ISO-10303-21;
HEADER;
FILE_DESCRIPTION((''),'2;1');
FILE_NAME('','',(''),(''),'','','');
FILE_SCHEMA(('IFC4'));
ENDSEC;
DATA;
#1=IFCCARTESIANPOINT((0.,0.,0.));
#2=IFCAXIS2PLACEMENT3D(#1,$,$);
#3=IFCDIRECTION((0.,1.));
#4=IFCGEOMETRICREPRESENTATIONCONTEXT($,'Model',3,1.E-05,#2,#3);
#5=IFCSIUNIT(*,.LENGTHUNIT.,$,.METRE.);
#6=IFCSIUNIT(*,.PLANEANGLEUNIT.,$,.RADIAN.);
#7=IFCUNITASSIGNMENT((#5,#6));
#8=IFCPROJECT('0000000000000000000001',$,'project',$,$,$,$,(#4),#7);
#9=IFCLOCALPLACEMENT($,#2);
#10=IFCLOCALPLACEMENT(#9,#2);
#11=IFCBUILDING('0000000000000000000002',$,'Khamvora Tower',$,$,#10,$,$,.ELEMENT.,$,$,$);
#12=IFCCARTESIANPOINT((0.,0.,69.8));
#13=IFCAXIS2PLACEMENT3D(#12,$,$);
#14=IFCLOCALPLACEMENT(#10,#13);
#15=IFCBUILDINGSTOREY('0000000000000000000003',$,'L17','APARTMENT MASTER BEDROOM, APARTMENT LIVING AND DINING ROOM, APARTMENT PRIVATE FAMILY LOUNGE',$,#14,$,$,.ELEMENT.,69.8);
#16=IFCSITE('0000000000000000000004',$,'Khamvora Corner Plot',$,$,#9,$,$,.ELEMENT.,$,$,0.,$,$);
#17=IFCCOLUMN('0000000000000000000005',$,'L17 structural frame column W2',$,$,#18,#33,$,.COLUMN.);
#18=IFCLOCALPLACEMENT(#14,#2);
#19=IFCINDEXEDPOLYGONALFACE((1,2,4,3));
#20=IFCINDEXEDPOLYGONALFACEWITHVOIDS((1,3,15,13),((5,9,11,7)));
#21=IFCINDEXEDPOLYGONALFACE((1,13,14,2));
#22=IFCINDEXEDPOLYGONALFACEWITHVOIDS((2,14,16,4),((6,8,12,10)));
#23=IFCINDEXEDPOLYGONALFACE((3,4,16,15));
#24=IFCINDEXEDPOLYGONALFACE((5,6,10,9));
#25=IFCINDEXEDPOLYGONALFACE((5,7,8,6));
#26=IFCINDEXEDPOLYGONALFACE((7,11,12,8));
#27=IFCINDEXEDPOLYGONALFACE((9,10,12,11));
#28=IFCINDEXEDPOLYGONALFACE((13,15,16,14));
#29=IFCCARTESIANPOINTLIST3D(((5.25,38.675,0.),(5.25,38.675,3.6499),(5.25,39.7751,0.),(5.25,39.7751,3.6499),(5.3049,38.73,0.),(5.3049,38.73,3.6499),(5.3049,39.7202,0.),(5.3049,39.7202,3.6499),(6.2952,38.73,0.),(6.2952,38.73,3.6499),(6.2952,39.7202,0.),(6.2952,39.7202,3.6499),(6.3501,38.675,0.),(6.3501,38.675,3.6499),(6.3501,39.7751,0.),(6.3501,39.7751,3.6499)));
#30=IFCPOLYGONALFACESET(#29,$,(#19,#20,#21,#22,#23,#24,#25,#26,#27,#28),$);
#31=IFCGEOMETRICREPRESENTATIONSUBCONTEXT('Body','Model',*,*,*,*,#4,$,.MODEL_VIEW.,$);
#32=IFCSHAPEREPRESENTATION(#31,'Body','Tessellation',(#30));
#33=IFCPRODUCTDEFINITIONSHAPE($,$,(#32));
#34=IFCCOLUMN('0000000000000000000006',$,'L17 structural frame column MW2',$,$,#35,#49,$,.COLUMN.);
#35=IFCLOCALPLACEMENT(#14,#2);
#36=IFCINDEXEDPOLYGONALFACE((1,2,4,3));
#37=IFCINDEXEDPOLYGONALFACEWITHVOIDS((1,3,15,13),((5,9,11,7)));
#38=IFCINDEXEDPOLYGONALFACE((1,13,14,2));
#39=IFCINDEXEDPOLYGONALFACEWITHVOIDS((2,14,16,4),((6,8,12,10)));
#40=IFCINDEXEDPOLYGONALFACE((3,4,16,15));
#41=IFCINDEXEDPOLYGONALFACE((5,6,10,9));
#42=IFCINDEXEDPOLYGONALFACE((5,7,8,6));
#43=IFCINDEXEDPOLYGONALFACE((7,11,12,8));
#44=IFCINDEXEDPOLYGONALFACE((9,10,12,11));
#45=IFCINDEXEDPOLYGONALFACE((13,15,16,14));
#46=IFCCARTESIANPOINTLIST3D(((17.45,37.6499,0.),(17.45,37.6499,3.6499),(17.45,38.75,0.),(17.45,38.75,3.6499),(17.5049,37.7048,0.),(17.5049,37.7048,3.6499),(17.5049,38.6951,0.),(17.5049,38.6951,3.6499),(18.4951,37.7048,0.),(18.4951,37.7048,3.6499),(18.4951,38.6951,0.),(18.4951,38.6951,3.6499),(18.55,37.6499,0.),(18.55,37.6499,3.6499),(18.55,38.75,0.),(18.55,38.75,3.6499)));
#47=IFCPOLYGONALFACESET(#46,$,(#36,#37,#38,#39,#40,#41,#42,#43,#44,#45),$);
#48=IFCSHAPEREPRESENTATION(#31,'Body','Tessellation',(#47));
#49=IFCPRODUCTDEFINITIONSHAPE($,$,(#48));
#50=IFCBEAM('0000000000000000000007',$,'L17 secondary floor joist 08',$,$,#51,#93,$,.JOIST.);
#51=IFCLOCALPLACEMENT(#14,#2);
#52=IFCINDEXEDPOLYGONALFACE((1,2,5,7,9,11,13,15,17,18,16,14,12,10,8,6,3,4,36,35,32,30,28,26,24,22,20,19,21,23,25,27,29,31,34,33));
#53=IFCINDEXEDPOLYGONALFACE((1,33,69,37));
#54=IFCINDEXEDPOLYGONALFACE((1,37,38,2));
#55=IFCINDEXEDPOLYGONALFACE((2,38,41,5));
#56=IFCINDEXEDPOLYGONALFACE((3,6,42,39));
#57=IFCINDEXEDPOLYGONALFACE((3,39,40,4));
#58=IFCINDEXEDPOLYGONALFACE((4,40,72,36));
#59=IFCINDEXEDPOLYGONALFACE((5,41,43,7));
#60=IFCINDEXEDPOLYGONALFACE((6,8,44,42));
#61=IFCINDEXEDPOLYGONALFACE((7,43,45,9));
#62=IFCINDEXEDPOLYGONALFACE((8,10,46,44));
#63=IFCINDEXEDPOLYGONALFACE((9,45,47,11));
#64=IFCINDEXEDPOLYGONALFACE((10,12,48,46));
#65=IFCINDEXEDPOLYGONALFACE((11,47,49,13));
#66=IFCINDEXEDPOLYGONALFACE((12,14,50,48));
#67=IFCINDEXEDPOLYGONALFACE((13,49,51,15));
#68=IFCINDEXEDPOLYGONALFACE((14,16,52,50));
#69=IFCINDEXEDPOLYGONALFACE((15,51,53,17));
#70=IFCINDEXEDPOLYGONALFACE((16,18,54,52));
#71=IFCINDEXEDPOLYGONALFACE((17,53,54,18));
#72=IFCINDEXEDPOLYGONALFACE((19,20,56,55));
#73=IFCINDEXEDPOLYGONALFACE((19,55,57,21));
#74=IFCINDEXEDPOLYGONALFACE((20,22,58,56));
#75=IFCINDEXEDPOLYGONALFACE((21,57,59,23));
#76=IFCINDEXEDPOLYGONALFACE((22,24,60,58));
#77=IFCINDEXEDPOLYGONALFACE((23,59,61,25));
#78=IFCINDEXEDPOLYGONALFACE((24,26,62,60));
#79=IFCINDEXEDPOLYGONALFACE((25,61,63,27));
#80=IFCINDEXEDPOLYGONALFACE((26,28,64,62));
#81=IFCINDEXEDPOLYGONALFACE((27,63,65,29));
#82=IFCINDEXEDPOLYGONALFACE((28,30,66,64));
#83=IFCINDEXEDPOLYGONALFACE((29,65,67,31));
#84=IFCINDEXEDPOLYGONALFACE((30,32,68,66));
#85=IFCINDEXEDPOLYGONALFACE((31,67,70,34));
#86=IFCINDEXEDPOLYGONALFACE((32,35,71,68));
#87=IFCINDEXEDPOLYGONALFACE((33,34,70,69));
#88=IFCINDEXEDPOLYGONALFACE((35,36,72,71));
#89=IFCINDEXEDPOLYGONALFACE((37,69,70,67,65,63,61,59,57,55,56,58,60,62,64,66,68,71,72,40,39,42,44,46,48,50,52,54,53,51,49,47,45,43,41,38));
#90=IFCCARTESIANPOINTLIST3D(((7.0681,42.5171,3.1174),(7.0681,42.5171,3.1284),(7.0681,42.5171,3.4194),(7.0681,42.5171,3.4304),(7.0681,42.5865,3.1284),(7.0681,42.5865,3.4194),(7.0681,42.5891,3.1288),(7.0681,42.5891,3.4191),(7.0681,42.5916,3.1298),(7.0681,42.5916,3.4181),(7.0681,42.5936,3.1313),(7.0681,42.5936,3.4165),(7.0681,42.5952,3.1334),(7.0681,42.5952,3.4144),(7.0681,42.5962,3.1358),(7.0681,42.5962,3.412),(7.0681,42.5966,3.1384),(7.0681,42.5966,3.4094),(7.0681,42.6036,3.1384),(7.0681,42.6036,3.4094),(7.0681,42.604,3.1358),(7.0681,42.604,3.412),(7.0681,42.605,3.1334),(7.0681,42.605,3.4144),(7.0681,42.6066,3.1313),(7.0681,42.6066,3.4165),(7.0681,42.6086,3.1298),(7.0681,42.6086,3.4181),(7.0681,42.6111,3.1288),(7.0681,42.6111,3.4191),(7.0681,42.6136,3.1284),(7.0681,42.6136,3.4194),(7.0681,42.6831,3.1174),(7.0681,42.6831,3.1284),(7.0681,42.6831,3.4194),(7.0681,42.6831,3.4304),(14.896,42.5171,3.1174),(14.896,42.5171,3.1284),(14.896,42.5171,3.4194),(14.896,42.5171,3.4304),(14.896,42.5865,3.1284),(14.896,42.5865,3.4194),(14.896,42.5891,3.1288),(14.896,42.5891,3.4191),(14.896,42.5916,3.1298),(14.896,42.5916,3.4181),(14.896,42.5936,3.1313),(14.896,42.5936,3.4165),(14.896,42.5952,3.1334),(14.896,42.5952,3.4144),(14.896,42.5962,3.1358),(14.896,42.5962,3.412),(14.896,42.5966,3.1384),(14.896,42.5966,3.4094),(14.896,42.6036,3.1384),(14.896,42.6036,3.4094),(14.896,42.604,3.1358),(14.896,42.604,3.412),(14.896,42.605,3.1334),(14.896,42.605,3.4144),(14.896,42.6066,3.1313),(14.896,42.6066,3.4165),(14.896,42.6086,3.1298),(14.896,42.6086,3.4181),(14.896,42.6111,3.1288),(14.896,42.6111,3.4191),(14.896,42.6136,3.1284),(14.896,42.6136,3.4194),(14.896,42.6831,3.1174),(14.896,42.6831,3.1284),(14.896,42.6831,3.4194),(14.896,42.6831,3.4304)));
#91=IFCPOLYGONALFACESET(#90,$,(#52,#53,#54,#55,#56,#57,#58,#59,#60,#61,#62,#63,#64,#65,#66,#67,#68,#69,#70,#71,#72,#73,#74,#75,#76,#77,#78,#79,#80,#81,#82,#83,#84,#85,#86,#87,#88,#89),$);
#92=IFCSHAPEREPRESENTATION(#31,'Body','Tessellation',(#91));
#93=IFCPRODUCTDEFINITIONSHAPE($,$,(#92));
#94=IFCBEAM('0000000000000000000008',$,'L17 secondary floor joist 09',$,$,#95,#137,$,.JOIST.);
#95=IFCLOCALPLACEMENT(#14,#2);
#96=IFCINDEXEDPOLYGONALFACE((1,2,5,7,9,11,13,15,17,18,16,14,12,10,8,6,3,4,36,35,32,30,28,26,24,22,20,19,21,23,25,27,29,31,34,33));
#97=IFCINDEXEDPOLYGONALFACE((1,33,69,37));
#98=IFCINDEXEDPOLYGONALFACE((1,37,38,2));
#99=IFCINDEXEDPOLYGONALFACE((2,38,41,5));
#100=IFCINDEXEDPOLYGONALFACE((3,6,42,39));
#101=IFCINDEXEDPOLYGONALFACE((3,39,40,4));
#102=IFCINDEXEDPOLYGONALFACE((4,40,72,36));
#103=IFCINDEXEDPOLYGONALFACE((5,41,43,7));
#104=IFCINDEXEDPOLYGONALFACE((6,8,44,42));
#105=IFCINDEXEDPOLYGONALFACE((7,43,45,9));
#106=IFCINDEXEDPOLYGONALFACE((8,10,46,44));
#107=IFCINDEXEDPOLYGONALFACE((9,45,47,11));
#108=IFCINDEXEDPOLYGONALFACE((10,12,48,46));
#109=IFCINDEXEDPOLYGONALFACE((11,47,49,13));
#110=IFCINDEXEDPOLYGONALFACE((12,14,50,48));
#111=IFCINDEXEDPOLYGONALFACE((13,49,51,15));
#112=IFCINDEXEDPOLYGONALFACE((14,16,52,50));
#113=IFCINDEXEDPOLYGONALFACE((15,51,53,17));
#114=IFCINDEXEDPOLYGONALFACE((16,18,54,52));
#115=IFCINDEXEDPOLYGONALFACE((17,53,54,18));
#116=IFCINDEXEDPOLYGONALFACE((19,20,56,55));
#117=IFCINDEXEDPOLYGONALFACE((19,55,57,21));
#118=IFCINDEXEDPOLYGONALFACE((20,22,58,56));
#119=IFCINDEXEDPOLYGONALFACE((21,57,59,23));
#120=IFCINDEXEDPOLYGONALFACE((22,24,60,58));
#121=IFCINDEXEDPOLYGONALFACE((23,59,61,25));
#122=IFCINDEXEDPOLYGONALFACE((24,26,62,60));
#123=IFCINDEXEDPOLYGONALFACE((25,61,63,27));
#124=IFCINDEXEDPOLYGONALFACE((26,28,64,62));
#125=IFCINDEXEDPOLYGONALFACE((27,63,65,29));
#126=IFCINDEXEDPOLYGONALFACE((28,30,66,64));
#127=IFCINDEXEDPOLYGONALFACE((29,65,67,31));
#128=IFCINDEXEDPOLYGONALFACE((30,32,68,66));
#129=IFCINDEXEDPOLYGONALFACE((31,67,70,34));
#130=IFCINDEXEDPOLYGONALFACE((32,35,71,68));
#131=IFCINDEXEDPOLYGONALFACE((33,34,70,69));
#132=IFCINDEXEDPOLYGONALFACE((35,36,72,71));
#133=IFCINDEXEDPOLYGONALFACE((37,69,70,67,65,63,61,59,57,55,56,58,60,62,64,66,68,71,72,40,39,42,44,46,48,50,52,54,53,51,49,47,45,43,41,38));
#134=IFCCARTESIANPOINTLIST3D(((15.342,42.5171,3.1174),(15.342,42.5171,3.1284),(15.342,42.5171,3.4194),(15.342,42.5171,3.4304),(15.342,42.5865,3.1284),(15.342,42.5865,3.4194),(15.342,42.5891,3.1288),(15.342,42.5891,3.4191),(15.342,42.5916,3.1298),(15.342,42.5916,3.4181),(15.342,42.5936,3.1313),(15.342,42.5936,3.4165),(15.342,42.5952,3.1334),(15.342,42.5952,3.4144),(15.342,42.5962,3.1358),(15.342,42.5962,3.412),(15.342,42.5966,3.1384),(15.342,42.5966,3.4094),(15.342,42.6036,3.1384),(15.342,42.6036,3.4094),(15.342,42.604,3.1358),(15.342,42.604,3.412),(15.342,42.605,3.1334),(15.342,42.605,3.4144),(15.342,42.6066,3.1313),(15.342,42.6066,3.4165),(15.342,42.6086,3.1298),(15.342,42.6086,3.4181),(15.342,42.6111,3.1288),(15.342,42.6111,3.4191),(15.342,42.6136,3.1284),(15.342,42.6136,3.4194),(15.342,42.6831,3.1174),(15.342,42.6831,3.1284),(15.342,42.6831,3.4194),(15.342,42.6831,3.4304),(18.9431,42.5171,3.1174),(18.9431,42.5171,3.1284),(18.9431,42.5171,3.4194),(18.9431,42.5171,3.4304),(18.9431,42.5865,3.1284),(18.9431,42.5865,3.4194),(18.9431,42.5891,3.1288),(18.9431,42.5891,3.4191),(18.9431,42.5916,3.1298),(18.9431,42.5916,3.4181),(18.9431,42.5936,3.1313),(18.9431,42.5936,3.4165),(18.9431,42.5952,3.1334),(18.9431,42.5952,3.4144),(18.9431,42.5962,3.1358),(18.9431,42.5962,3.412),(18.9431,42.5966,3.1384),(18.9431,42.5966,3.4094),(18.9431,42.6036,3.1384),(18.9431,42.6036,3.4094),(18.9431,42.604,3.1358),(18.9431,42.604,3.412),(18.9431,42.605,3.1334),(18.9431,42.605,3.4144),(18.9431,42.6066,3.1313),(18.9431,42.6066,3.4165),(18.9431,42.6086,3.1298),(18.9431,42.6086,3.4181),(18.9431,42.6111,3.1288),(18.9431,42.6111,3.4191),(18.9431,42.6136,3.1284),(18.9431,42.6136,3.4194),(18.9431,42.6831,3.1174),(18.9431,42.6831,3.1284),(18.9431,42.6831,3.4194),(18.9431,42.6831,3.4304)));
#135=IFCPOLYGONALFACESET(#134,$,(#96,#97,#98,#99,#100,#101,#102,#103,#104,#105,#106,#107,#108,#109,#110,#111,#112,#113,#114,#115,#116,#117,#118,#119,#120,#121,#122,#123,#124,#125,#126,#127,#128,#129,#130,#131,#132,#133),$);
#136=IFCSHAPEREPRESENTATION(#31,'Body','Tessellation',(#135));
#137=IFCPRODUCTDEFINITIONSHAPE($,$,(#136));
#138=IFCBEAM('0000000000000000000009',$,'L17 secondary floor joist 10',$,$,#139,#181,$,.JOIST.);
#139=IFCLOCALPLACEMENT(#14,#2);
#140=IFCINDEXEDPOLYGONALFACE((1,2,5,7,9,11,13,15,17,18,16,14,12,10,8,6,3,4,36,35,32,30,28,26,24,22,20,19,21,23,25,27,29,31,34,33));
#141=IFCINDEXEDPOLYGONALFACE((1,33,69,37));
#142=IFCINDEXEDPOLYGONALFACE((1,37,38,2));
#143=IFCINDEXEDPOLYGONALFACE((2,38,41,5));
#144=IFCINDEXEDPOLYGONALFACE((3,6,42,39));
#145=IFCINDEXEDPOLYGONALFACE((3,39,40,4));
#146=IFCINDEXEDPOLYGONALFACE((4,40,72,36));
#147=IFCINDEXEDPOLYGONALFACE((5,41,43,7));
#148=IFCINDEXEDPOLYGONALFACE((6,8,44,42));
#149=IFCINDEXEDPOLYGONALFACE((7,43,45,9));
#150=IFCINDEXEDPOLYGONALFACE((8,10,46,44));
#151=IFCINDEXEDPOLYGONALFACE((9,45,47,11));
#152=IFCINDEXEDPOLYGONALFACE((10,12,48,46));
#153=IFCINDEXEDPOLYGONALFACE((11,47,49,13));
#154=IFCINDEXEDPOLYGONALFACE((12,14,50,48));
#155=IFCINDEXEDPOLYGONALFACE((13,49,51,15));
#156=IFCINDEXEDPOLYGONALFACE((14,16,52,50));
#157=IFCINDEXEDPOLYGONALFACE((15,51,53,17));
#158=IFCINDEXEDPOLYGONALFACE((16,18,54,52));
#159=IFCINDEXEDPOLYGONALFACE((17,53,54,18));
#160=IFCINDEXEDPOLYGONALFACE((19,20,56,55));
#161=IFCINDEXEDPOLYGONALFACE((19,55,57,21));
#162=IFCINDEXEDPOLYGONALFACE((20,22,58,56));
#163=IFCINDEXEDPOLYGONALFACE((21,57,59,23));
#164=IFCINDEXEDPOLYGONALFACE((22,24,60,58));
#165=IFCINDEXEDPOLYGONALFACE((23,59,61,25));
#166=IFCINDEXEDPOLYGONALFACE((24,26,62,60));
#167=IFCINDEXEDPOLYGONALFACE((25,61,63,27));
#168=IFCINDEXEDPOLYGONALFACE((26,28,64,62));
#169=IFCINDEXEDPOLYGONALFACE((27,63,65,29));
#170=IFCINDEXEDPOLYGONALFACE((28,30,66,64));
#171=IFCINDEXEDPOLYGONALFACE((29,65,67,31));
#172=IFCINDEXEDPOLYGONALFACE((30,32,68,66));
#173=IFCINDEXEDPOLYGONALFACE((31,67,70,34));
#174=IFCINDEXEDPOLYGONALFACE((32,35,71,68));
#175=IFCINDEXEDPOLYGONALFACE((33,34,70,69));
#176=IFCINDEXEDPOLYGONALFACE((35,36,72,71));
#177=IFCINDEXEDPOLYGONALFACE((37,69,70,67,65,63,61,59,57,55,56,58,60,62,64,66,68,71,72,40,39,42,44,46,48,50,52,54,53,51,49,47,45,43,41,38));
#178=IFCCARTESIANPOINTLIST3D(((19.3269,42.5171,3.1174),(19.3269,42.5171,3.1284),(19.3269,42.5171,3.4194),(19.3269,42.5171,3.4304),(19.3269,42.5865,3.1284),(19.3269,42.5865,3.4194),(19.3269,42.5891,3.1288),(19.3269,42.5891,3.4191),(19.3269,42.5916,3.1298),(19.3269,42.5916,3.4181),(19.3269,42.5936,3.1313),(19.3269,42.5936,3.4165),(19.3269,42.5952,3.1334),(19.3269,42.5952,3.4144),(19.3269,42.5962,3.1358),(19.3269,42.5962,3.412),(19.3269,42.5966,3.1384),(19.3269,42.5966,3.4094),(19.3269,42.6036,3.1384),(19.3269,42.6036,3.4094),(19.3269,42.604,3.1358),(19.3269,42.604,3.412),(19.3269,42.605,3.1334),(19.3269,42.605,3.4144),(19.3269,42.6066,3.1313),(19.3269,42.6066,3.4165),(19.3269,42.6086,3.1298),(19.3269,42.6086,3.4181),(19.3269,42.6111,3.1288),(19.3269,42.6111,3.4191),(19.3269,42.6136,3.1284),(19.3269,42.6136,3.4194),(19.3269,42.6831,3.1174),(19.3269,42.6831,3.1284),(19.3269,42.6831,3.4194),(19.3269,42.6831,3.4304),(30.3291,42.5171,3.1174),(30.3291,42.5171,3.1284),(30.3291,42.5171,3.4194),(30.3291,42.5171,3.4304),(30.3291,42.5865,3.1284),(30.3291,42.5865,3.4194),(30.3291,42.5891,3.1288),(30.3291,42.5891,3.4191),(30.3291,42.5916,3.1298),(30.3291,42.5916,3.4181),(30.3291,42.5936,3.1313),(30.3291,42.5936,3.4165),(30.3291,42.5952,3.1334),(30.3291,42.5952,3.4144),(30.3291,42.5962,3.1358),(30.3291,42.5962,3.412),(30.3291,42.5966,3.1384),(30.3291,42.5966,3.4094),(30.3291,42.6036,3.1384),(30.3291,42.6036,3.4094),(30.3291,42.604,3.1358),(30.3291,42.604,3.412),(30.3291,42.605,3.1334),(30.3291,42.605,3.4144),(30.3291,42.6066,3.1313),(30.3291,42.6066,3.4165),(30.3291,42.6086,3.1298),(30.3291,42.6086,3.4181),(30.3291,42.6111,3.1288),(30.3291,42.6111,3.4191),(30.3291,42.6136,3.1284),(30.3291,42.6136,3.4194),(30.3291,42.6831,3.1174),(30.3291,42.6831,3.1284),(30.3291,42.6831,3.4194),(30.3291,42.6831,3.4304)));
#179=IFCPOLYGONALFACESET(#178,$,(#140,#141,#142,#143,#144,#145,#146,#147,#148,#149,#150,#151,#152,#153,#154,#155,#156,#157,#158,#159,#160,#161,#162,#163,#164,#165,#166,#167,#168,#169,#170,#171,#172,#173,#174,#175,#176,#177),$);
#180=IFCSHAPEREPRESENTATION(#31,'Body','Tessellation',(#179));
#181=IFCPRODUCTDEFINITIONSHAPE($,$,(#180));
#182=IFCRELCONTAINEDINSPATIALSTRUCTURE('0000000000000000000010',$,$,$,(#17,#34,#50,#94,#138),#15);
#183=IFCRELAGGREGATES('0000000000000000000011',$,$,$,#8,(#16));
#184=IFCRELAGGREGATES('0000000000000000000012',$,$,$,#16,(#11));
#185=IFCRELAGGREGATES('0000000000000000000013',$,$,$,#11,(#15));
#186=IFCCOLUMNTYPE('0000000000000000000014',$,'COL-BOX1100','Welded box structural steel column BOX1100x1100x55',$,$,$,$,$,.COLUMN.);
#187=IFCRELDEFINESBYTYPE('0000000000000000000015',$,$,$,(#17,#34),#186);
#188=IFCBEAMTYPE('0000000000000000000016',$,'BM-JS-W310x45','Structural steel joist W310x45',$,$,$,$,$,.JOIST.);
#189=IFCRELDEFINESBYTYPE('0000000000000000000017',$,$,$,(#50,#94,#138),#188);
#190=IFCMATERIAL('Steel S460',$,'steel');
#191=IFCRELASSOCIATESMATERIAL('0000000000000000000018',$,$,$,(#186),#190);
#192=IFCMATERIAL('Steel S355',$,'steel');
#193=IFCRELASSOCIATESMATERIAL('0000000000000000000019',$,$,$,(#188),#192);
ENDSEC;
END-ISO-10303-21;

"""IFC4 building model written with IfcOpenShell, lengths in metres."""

from ifc_helpers import new_model, si_unit, direction, frame, origin, origin_2d, place, context, subcontext, project, spatial, hollow_rectangle, i_section, extrude, material, material_profile, profile_set, type_object, element, save


model = new_model("IFC4")

# Units and contexts
model_context = context("Model", 3, precision=1e-05, world=origin(), true_north=direction((0.0, 1.0)))
body_context = subcontext(model_context, "Body", "Model", "MODEL_VIEW")
ifc_project = project(units=[si_unit("LENGTHUNIT", "METRE"), si_unit("PLANEANGLEUNIT", "RADIAN")], contexts=[model_context])

# Site, building, storey
site_placement = place(None, origin())
site = spatial("IfcSite", under=ifc_project, at=site_placement, Name="Khamvora Corner Plot", CompositionType="ELEMENT", RefElevation=0.0)
building_placement = place(site_placement, origin())
building = spatial("IfcBuilding", under=site, at=building_placement, Name="Khamvora Tower", CompositionType="ELEMENT")
storey_placement = place(building_placement, frame((0.0, 0.0, 69.8)))
storey = spatial("IfcBuildingStorey", under=building, at=storey_placement, Name="L17", Description="APARTMENT MASTER BEDROOM, APARTMENT LIVING AND DINING ROOM, APARTMENT PRIVATE FAMILY LOUNGE", CompositionType="ELEMENT", Elevation=69.8)

# Columns
ifc_material_1 = material(Name="Steel S460", Category="steel")
ifc_material_profile_1 = material_profile(ifc_material_1, hollow_rectangle(XDim=1.1001, YDim=1.1001, WallThickness=0.0549, at=origin_2d()), Name="BOX1100x1100x55")
ifc_profile_set_1 = profile_set([ifc_material_profile_1], Name="Steel S460")
column_type = type_object("IfcColumnType", Name="COL-BOX1100", Description="Welded box structural steel column BOX1100x1100x55", PredefinedType="COLUMN", material=ifc_profile_set_1)
for number, where, z_axis, x_axis, name in (
    (1, (5.8, 39.2251, 0.0), (0.0, 0.0, 1.0), (1.0, 0.0, 0.0), "L17 structural frame column W2"),
    (2, (18.0, 38.2, 0.0), (0.0, 0.0, 1.0), (1.0, 0.0, 0.0), "L17 structural frame column MW2"),
):
    element("IfcColumn", number, at=place(storey_placement, frame(where, z_axis=z_axis, x_axis=x_axis)), inside=storey, type_object=column_type, Name=name, PredefinedType="COLUMN", context=body_context, shape_type="SweptSolid", body=[
        extrude(hollow_rectangle(XDim=1.1001, YDim=1.1001, WallThickness=0.0549, at=origin_2d()), origin(), (0.0, 0.0, 1.0), 3.6499),
    ])

# Beams
ifc_material_2 = material(Name="Steel S355", Category="steel")
ifc_material_profile_2 = material_profile(ifc_material_2, i_section(OverallWidth=0.166, OverallDepth=0.313, WebThickness=0.0071, FlangeThickness=0.011, FilletRadius=0.01, at=origin_2d()), Name="W310x45")
ifc_profile_set_2 = profile_set([ifc_material_profile_2], Name="Steel S355")
beam_type_1 = type_object("IfcBeamType", Name="BM-JS-W310x45", Description="Structural steel joist W310x45", PredefinedType="JOIST", material=ifc_profile_set_2)
beam_1_placement = place(storey_placement, frame((7.0681, 42.6001, 3.2739), z_axis=(1.0, 0.0, 0.0), x_axis=(0.0, 1.0, 0.0)))
element("IfcBeam", 3, at=beam_1_placement, inside=storey, type_object=beam_type_1, Name="L17 secondary floor joist 08", PredefinedType="JOIST", context=body_context, shape_type="SweptSolid", body=[
    extrude(i_section(OverallWidth=0.166, OverallDepth=0.313, WebThickness=0.0071, FlangeThickness=0.011, FilletRadius=0.01, at=origin_2d()), origin(), (0.0, 0.0, 1.0), 7.8279),
])
beam_2_placement = place(storey_placement, frame((15.342, 42.6001, 3.2739), z_axis=(1.0, 0.0, 0.0), x_axis=(0.0, 1.0, 0.0)))
element("IfcBeam", 4, at=beam_2_placement, inside=storey, type_object=beam_type_1, Name="L17 secondary floor joist 09", PredefinedType="JOIST", context=body_context, shape_type="SweptSolid", body=[
    extrude(i_section(OverallWidth=0.166, OverallDepth=0.313, WebThickness=0.0071, FlangeThickness=0.011, FilletRadius=0.01, at=origin_2d()), origin(), (0.0, 0.0, 1.0), 3.6011),
])
beam_3_placement = place(storey_placement, frame((19.3269, 42.6001, 3.2739), z_axis=(1.0, 0.0, 0.0), x_axis=(0.0, 1.0, 0.0)))
element("IfcBeam", 5, at=beam_3_placement, inside=storey, type_object=beam_type_1, Name="L17 secondary floor joist 10", PredefinedType="JOIST", context=body_context, shape_type="SweptSolid", body=[
    extrude(i_section(OverallWidth=0.166, OverallDepth=0.313, WebThickness=0.0071, FlangeThickness=0.011, FilletRadius=0.01, at=origin_2d()), origin(), (0.0, 0.0, 1.0), 11.0022),
])

save(model, "model.ifc")
